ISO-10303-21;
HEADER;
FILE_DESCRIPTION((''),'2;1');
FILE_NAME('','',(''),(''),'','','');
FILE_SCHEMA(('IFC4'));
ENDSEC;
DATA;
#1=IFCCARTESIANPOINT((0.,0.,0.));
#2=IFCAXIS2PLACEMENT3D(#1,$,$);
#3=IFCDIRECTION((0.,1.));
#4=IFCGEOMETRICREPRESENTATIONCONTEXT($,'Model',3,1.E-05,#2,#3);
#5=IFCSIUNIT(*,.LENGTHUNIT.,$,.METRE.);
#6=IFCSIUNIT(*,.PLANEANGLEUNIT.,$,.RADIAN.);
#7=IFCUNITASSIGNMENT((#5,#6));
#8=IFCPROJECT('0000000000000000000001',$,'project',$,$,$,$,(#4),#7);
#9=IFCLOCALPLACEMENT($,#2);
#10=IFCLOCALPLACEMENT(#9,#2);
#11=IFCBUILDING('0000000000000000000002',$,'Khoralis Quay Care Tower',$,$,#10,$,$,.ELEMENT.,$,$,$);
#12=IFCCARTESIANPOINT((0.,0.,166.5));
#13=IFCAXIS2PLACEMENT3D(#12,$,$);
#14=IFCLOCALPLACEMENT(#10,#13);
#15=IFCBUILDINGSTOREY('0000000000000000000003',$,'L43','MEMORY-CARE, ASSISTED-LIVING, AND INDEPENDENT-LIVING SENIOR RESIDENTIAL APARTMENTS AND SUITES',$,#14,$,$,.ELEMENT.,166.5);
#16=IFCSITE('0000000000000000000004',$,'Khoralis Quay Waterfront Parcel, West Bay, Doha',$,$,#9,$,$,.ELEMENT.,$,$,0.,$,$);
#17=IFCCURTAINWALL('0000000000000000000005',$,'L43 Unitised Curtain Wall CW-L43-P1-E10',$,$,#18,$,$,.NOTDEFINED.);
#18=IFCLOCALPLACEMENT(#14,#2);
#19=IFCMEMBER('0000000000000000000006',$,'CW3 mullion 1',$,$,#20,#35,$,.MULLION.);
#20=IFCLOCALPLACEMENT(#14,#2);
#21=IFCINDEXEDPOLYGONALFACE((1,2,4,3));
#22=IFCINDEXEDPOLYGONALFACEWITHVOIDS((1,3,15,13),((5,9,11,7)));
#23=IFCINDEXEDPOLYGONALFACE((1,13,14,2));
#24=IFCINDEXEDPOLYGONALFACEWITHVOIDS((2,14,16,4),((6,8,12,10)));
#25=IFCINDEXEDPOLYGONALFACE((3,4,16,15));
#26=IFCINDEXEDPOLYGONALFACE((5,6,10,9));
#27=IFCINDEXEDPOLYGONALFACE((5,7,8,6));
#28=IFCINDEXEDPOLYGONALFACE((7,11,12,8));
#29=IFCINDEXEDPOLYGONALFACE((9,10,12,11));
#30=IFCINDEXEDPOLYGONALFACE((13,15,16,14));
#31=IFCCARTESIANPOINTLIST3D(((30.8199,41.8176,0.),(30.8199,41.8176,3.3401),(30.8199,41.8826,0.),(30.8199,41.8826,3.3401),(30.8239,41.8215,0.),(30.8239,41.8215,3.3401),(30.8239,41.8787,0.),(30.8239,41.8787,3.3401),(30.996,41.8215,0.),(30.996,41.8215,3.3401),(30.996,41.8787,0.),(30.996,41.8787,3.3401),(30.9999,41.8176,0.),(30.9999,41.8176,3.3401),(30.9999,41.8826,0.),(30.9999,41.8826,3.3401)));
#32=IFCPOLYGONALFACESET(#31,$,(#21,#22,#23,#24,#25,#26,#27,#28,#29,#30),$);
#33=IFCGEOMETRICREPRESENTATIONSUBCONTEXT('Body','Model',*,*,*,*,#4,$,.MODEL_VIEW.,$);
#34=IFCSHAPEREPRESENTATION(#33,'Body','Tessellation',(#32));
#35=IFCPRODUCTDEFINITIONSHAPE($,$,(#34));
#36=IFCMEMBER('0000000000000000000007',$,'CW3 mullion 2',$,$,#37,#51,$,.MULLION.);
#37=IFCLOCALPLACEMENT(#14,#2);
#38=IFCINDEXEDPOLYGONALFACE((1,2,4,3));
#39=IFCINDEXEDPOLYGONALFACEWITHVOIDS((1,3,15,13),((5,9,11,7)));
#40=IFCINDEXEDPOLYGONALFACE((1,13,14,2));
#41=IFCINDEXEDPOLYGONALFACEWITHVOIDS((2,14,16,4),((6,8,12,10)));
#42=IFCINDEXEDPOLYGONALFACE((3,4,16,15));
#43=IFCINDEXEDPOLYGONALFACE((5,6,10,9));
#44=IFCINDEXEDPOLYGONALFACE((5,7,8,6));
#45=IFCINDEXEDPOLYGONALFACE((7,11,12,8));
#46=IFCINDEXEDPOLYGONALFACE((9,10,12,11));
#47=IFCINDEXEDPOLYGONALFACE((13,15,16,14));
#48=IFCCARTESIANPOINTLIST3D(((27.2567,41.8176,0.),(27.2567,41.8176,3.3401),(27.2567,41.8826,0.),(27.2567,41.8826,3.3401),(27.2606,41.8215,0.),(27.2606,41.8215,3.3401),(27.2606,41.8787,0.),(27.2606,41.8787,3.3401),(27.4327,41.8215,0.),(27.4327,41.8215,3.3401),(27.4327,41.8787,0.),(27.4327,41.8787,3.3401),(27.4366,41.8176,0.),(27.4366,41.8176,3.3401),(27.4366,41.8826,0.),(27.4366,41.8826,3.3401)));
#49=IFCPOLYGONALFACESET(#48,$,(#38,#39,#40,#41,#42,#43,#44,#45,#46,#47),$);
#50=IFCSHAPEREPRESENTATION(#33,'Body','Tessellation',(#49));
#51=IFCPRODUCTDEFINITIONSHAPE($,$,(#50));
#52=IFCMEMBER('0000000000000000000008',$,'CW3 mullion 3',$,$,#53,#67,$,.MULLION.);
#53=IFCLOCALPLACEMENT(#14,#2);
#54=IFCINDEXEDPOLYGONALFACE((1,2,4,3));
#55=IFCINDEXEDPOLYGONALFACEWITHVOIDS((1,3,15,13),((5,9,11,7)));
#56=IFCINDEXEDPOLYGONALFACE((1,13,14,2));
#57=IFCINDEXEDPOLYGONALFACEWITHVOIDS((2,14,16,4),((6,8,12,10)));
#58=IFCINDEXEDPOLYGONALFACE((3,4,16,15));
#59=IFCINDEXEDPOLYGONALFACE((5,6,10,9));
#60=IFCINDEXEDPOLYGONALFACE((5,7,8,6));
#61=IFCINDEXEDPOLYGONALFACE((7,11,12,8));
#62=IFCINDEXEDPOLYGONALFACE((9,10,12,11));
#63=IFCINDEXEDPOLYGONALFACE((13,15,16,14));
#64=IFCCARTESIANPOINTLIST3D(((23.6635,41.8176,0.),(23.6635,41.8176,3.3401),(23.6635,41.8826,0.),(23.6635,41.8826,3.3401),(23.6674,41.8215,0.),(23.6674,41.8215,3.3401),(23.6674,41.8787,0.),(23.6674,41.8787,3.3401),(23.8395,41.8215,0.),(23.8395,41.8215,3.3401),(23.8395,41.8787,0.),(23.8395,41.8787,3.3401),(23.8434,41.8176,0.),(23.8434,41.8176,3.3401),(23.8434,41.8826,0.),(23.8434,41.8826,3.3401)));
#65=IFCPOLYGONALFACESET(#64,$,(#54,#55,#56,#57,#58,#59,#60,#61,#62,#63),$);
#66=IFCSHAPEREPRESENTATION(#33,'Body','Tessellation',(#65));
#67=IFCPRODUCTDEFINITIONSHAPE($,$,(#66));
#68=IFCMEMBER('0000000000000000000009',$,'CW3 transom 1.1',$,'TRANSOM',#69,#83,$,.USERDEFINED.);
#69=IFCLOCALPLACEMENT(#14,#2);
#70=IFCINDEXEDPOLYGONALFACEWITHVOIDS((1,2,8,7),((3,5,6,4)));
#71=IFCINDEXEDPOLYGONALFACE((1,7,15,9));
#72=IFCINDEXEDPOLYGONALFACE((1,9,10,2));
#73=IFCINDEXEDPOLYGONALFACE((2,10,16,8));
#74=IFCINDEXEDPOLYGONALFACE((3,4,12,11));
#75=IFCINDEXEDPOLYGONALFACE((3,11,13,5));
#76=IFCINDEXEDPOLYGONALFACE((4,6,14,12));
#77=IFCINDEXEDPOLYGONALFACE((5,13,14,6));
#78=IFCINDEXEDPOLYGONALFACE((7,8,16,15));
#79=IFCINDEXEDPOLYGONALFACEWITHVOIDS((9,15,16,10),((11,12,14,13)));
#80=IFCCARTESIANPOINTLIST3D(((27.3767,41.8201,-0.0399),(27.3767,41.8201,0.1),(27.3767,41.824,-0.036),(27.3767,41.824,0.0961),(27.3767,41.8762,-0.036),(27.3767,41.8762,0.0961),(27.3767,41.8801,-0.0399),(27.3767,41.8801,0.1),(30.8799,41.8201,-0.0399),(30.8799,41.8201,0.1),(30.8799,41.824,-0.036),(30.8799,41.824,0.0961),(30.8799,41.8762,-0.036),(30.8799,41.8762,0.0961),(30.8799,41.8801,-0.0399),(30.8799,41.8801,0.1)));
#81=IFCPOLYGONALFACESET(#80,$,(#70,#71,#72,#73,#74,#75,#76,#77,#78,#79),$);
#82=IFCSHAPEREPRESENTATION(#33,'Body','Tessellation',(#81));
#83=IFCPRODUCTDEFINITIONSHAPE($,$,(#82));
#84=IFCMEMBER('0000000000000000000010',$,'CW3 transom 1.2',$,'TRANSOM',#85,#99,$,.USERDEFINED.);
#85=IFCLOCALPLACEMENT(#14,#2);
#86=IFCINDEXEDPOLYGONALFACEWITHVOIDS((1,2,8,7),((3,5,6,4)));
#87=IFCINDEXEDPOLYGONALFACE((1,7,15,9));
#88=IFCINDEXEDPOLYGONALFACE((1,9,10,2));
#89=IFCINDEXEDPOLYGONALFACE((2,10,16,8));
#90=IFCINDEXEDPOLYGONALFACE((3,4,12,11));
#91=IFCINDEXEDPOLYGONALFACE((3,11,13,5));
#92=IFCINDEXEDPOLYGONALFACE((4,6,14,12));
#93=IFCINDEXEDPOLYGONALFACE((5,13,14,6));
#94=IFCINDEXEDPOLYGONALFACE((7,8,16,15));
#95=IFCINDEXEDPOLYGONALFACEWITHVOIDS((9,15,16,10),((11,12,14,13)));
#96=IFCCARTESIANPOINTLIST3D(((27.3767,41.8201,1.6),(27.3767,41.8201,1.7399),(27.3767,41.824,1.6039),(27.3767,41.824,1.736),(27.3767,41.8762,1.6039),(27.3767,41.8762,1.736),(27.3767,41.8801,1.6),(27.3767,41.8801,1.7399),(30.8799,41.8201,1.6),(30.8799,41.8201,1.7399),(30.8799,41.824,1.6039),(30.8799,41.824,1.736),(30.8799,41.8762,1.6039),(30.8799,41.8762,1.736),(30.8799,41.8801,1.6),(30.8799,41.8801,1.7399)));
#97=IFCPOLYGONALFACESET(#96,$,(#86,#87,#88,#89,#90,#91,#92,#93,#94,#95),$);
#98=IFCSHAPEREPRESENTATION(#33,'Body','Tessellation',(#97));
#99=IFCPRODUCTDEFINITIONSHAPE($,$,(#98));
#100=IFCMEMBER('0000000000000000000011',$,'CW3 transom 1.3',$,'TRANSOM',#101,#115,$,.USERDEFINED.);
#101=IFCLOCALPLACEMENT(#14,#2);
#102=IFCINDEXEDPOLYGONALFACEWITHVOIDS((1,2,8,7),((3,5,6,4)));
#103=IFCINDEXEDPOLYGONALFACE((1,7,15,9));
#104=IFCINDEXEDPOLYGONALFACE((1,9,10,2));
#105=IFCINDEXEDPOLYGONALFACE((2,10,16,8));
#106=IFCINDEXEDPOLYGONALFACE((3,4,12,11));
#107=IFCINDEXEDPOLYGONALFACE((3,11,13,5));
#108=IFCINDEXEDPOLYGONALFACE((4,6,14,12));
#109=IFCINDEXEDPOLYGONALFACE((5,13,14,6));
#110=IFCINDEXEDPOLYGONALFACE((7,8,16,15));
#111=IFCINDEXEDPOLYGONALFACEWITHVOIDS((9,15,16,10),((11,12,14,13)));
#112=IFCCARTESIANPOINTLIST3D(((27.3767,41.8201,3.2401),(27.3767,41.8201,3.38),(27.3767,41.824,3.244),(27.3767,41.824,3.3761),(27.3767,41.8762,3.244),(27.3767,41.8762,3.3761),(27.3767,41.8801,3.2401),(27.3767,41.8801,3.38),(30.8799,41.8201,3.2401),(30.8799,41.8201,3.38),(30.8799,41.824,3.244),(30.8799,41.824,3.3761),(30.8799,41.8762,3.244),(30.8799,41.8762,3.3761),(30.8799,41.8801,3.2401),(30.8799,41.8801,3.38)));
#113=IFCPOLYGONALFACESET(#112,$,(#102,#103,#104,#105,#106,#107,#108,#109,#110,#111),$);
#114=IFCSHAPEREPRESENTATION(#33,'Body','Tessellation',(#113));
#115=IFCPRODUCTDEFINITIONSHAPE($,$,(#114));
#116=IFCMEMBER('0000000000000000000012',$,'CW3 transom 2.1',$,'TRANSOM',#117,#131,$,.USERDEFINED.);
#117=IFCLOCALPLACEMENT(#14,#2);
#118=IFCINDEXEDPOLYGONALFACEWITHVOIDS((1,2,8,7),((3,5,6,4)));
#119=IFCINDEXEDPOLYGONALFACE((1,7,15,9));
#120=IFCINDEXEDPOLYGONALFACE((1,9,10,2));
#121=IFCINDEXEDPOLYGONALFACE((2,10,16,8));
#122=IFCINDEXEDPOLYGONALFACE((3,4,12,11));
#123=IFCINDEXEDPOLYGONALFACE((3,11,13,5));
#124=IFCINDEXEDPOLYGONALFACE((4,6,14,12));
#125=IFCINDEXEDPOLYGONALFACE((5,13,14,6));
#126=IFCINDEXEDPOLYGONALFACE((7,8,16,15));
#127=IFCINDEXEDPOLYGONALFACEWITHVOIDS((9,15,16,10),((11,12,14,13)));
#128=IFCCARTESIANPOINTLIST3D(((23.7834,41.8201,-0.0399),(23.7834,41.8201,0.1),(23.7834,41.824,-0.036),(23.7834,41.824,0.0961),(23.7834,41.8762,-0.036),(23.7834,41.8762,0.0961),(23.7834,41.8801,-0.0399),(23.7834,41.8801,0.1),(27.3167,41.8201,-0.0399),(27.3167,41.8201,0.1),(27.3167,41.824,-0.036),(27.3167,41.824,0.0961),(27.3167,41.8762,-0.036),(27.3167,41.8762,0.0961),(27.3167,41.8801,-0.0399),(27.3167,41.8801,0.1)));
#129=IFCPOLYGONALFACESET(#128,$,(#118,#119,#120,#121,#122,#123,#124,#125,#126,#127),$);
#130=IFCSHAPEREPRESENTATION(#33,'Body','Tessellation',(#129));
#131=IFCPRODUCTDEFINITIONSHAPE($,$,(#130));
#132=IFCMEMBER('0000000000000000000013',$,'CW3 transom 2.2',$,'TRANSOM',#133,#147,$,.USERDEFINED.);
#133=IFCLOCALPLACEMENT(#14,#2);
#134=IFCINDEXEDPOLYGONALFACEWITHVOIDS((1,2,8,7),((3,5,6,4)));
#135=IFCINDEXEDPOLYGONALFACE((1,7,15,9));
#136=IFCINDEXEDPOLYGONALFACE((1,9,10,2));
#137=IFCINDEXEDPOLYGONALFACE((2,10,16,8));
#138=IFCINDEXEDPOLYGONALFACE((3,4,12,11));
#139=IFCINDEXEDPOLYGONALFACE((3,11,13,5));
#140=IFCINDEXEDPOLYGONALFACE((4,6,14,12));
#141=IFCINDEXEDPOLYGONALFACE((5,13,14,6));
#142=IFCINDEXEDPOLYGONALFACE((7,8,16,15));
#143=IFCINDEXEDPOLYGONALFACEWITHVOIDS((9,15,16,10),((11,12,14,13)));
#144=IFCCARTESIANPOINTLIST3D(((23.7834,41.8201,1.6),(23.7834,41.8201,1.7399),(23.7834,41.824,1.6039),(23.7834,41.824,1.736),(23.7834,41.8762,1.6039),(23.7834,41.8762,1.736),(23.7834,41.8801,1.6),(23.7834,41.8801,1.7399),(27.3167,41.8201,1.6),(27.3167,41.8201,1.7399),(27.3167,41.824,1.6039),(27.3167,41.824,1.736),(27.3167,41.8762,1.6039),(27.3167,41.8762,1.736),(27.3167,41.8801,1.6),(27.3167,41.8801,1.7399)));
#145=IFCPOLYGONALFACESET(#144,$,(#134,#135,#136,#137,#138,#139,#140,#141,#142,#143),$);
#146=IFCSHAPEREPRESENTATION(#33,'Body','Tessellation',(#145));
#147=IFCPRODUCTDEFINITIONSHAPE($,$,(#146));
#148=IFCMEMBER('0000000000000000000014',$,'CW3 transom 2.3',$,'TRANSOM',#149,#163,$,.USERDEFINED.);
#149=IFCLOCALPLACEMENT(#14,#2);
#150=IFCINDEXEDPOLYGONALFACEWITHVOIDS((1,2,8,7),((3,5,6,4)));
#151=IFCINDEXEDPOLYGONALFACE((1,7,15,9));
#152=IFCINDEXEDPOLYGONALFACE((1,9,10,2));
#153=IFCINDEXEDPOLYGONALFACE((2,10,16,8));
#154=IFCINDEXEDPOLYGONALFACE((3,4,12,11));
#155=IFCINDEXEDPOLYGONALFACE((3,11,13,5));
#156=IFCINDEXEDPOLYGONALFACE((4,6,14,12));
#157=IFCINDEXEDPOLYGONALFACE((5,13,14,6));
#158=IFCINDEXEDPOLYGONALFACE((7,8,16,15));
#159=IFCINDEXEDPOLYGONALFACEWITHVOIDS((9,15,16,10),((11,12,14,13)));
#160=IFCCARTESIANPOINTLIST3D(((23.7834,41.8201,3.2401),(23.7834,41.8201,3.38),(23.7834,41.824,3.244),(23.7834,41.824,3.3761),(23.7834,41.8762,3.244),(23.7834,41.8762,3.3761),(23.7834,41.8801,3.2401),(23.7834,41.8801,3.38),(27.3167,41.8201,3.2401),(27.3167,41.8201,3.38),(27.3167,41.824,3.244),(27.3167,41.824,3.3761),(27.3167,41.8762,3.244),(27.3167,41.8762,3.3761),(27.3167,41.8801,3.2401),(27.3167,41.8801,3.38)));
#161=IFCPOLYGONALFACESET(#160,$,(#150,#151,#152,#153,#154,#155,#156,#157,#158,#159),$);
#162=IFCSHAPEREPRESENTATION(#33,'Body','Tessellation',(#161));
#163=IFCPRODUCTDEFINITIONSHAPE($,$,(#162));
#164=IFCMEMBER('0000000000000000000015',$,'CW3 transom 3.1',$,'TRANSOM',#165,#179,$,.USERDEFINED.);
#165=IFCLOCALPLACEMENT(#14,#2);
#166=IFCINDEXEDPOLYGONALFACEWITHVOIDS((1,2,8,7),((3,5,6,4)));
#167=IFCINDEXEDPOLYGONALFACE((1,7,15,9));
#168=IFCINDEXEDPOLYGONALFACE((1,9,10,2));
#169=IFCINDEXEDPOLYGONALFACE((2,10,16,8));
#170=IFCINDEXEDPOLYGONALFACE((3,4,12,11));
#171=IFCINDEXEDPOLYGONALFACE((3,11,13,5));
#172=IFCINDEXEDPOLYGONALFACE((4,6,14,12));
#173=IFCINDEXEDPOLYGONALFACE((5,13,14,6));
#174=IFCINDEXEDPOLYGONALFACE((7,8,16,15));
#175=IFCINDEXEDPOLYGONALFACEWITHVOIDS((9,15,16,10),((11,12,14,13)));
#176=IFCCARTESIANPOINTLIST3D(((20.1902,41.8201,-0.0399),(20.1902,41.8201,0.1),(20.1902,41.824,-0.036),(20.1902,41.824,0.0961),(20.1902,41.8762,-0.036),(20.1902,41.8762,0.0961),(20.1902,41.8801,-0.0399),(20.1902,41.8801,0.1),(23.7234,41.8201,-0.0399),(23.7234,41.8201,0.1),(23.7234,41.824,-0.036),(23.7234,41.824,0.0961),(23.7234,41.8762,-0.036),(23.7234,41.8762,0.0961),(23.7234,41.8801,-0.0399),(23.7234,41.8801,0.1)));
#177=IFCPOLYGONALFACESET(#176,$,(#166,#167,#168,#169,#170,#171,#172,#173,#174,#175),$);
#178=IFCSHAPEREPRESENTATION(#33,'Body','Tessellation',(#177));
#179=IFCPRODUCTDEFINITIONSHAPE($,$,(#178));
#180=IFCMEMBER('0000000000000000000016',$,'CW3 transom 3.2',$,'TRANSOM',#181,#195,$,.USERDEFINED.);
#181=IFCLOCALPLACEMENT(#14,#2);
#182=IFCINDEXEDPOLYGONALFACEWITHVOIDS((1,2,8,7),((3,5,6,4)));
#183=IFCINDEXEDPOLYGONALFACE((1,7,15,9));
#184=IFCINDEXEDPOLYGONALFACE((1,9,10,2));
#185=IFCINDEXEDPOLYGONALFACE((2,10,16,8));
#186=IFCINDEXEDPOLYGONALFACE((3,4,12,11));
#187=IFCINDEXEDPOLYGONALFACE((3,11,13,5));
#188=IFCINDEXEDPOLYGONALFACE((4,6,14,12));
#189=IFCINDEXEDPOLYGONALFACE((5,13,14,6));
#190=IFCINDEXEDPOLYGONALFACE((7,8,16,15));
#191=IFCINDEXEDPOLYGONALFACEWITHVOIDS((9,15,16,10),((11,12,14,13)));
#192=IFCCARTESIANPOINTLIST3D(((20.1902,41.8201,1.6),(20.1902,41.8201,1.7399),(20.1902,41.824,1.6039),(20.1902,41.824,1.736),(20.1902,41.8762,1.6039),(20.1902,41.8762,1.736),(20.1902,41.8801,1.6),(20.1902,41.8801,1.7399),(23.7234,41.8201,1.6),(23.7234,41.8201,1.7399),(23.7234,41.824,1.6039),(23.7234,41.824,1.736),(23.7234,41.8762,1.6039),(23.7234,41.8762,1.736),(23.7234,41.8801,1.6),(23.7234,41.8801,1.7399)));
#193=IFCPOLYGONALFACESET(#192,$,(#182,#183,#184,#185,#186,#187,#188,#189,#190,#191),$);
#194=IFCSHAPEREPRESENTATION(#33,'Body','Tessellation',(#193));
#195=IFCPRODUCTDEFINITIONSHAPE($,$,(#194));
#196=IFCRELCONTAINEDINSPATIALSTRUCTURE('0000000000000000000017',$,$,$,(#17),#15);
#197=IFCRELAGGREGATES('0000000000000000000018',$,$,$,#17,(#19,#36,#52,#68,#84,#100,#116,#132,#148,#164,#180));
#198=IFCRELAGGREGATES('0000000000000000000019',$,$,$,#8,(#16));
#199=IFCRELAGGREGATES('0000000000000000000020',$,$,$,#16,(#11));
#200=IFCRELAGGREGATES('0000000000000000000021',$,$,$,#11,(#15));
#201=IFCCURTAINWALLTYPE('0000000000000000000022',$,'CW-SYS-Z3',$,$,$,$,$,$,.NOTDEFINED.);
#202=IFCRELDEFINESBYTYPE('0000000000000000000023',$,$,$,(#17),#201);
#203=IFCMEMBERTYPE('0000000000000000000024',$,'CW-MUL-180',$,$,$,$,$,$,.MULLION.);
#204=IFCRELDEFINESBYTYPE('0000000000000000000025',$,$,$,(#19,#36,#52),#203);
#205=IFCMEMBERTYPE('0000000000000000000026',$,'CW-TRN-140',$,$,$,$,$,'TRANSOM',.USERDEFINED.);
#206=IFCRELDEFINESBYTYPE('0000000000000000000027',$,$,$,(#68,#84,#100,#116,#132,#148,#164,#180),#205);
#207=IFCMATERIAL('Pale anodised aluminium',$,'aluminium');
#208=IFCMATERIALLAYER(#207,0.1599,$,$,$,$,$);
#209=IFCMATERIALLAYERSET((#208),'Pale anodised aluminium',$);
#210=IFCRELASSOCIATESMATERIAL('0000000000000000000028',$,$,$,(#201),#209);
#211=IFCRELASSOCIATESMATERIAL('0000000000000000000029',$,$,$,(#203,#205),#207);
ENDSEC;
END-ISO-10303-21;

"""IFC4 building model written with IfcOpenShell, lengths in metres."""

from ifc_helpers import new_model, si_unit, direction, frame, origin, origin_2d, place, context, subcontext, project, spatial, hollow_rectangle, extrude, source, transform, mapped, material, layer, layer_set, material_profile, profile_set, type_object, element, aggregate, save


model = new_model("IFC4")

# Units and contexts
model_context = context("Model", 3, precision=1e-05, world=origin(), true_north=direction((0.0, 1.0)))
body_context = subcontext(model_context, "Body", "Model", "MODEL_VIEW")
ifc_project = project(units=[si_unit("LENGTHUNIT", "METRE"), si_unit("PLANEANGLEUNIT", "RADIAN")], contexts=[model_context])

# Site, building, storey
site_placement = place(None, origin())
site = spatial("IfcSite", under=ifc_project, at=site_placement, Name="Khoralis Quay Waterfront Parcel, West Bay, Doha", CompositionType="ELEMENT", RefElevation=0.0)
building_placement = place(site_placement, origin())
building = spatial("IfcBuilding", under=site, at=building_placement, Name="Khoralis Quay Care Tower", CompositionType="ELEMENT")
storey_placement = place(building_placement, frame((0.0, 0.0, 166.5)))
storey = spatial("IfcBuildingStorey", under=building, at=storey_placement, Name="L43", Description="MEMORY-CARE, ASSISTED-LIVING, AND INDEPENDENT-LIVING SENIOR RESIDENTIAL APARTMENTS AND SUITES", CompositionType="ELEMENT", Elevation=166.5)

# Curtain wall, members
ifc_material_1 = material(Name="Pale anodised aluminium", Category="aluminium")
ifc_layer_1 = layer(ifc_material_1, 0.1599)
ifc_layer_set_1 = layer_set([ifc_layer_1], Name="Pale anodised aluminium")
curtain_wall_type = type_object("IfcCurtainWallType", Name="CW-SYS-Z3", PredefinedType="NOTDEFINED", material=ifc_layer_set_1)
curtain_wall_placement = place(storey_placement, origin())
curtain_wall = element("IfcCurtainWall", 1, at=curtain_wall_placement, inside=storey, type_object=curtain_wall_type, Name="L43 Unitised Curtain Wall CW-L43-P1-E10", PredefinedType="NOTDEFINED")
ifc_material_profile_1 = material_profile(ifc_material_1, hollow_rectangle(XDim=0.0649, YDim=0.1799, WallThickness=0.0039, at=origin_2d()), Name="Pale anodised aluminium")
ifc_profile_set_1 = profile_set([ifc_material_profile_1], Name="Pale anodised aluminium")
member_type_1 = type_object("IfcMemberType", Name="CW-MUL-180", PredefinedType="MULLION", material=ifc_profile_set_1)
shared_shape_1 = source(origin(), body_context, "Body", "SweptSolid", [
    extrude(hollow_rectangle(XDim=0.0649, YDim=0.1799, WallThickness=0.0039, at=origin_2d()), origin(), (0.0, 0.0, 1.0), 3.3401),
])
member_1_placement = place(storey_placement, frame((30.9099, 41.8501, 0.0), z_axis=(0.0, 0.0, 1.0), x_axis=(0.0, -1.0, 0.0)))
member_1 = element("IfcMember", 2, at=member_1_placement, type_object=member_type_1, Name="CW3 mullion 1", PredefinedType="MULLION", context=body_context, shape_type="MappedRepresentation", body=[
    mapped(shared_shape_1, transform((0.0, 0.0, 0.0), scale=1.0)),
])
member_2_placement = place(storey_placement, frame((27.3467, 41.8501, 0.0), z_axis=(0.0, 0.0, 1.0), x_axis=(0.0, -1.0, 0.0)))
member_2 = element("IfcMember", 3, at=member_2_placement, type_object=member_type_1, Name="CW3 mullion 2", PredefinedType="MULLION", context=body_context, shape_type="MappedRepresentation", body=[
    mapped(shared_shape_1, transform((0.0, 0.0, 0.0), scale=1.0)),
])
member_3_placement = place(storey_placement, frame((23.7534, 41.8501, 0.0), z_axis=(0.0, 0.0, 1.0), x_axis=(0.0, -1.0, 0.0)))
member_3 = element("IfcMember", 4, at=member_3_placement, type_object=member_type_1, Name="CW3 mullion 3", PredefinedType="MULLION", context=body_context, shape_type="MappedRepresentation", body=[
    mapped(shared_shape_1, transform((0.0, 0.0, 0.0), scale=1.0)),
])
ifc_material_profile_2 = material_profile(ifc_material_1, hollow_rectangle(XDim=0.0601, YDim=0.1399, WallThickness=0.0039, at=origin_2d()), Name="Pale anodised aluminium")
ifc_profile_set_2 = profile_set([ifc_material_profile_2], Name="Pale anodised aluminium")
member_type_2 = type_object("IfcMemberType", Name="CW-TRN-140", ElementType="TRANSOM", PredefinedType="USERDEFINED", material=ifc_profile_set_2)
shared_shape_2 = source(origin(), body_context, "Body", "SweptSolid", [
    extrude(hollow_rectangle(XDim=0.0601, YDim=0.1399, WallThickness=0.0039, at=origin_2d()), origin(), (0.0, 0.0, 1.0), 3.5032),
])
member_4_placement = place(storey_placement, frame((30.8799, 41.8501, 0.03), z_axis=(-1.0, 0.0, 0.0), x_axis=(0.0, -1.0, 0.0)))
member_4 = element("IfcMember", 5, at=member_4_placement, type_object=member_type_2, Name="CW3 transom 1.1", ObjectType="TRANSOM", PredefinedType="USERDEFINED", context=body_context, shape_type="MappedRepresentation", body=[
    mapped(shared_shape_2, transform((0.0, 0.0, 0.0), scale=1.0)),
])
member_5_placement = place(storey_placement, frame((30.8799, 41.8501, 1.6699), z_axis=(-1.0, 0.0, 0.0), x_axis=(0.0, -1.0, 0.0)))
member_5 = element("IfcMember", 6, at=member_5_placement, type_object=member_type_2, Name="CW3 transom 1.2", ObjectType="TRANSOM", PredefinedType="USERDEFINED", context=body_context, shape_type="MappedRepresentation", body=[
    mapped(shared_shape_2, transform((0.0, 0.0, 0.0), scale=1.0)),
])
member_6_placement = place(storey_placement, frame((30.8799, 41.8501, 3.3101), z_axis=(-1.0, 0.0, 0.0), x_axis=(0.0, -1.0, 0.0)))
member_6 = element("IfcMember", 7, at=member_6_placement, type_object=member_type_2, Name="CW3 transom 1.3", ObjectType="TRANSOM", PredefinedType="USERDEFINED", context=body_context, shape_type="MappedRepresentation", body=[
    mapped(shared_shape_2, transform((0.0, 0.0, 0.0), scale=1.0)),
])
shared_shape_3 = source(origin(), body_context, "Body", "SweptSolid", [
    extrude(hollow_rectangle(XDim=0.0601, YDim=0.1399, WallThickness=0.0039, at=origin_2d()), origin(), (0.0, 0.0, 1.0), 3.5332),
])
member_7_placement = place(storey_placement, frame((27.3167, 41.8501, 0.03), z_axis=(-1.0, 0.0, 0.0), x_axis=(0.0, -1.0, 0.0)))
member_7 = element("IfcMember", 8, at=member_7_placement, type_object=member_type_2, Name="CW3 transom 2.1", ObjectType="TRANSOM", PredefinedType="USERDEFINED", context=body_context, shape_type="MappedRepresentation", body=[
    mapped(shared_shape_3, transform((0.0, 0.0, 0.0), scale=1.0)),
])
member_8_placement = place(storey_placement, frame((27.3167, 41.8501, 1.6699), z_axis=(-1.0, 0.0, 0.0), x_axis=(0.0, -1.0, 0.0)))
member_8 = element("IfcMember", 9, at=member_8_placement, type_object=member_type_2, Name="CW3 transom 2.2", ObjectType="TRANSOM", PredefinedType="USERDEFINED", context=body_context, shape_type="MappedRepresentation", body=[
    mapped(shared_shape_3, transform((0.0, 0.0, 0.0), scale=1.0)),
])
member_9_placement = place(storey_placement, frame((27.3167, 41.8501, 3.3101), z_axis=(-1.0, 0.0, 0.0), x_axis=(0.0, -1.0, 0.0)))
member_9 = element("IfcMember", 10, at=member_9_placement, type_object=member_type_2, Name="CW3 transom 2.3", ObjectType="TRANSOM", PredefinedType="USERDEFINED", context=body_context, shape_type="MappedRepresentation", body=[
    mapped(shared_shape_3, transform((0.0, 0.0, 0.0), scale=1.0)),
])
member_10_placement = place(storey_placement, frame((23.7234, 41.8501, 0.03), z_axis=(-1.0, 0.0, 0.0), x_axis=(0.0, -1.0, 0.0)))
member_10 = element("IfcMember", 11, at=member_10_placement, type_object=member_type_2, Name="CW3 transom 3.1", ObjectType="TRANSOM", PredefinedType="USERDEFINED", context=body_context, shape_type="MappedRepresentation", body=[
    mapped(shared_shape_3, transform((0.0, 0.0, 0.0), scale=1.0)),
])
member_11_placement = place(storey_placement, frame((23.7234, 41.8501, 1.6699), z_axis=(-1.0, 0.0, 0.0), x_axis=(0.0, -1.0, 0.0)))
member_11 = element("IfcMember", 12, at=member_11_placement, type_object=member_type_2, Name="CW3 transom 3.2", ObjectType="TRANSOM", PredefinedType="USERDEFINED", context=body_context, shape_type="MappedRepresentation", body=[
    mapped(shared_shape_3, transform((0.0, 0.0, 0.0), scale=1.0)),
])
aggregate(curtain_wall, [member_1, member_2, member_3, member_4, member_5, member_6, member_7, member_8, member_9, member_10, member_11])

save(model, "model.ifc")
